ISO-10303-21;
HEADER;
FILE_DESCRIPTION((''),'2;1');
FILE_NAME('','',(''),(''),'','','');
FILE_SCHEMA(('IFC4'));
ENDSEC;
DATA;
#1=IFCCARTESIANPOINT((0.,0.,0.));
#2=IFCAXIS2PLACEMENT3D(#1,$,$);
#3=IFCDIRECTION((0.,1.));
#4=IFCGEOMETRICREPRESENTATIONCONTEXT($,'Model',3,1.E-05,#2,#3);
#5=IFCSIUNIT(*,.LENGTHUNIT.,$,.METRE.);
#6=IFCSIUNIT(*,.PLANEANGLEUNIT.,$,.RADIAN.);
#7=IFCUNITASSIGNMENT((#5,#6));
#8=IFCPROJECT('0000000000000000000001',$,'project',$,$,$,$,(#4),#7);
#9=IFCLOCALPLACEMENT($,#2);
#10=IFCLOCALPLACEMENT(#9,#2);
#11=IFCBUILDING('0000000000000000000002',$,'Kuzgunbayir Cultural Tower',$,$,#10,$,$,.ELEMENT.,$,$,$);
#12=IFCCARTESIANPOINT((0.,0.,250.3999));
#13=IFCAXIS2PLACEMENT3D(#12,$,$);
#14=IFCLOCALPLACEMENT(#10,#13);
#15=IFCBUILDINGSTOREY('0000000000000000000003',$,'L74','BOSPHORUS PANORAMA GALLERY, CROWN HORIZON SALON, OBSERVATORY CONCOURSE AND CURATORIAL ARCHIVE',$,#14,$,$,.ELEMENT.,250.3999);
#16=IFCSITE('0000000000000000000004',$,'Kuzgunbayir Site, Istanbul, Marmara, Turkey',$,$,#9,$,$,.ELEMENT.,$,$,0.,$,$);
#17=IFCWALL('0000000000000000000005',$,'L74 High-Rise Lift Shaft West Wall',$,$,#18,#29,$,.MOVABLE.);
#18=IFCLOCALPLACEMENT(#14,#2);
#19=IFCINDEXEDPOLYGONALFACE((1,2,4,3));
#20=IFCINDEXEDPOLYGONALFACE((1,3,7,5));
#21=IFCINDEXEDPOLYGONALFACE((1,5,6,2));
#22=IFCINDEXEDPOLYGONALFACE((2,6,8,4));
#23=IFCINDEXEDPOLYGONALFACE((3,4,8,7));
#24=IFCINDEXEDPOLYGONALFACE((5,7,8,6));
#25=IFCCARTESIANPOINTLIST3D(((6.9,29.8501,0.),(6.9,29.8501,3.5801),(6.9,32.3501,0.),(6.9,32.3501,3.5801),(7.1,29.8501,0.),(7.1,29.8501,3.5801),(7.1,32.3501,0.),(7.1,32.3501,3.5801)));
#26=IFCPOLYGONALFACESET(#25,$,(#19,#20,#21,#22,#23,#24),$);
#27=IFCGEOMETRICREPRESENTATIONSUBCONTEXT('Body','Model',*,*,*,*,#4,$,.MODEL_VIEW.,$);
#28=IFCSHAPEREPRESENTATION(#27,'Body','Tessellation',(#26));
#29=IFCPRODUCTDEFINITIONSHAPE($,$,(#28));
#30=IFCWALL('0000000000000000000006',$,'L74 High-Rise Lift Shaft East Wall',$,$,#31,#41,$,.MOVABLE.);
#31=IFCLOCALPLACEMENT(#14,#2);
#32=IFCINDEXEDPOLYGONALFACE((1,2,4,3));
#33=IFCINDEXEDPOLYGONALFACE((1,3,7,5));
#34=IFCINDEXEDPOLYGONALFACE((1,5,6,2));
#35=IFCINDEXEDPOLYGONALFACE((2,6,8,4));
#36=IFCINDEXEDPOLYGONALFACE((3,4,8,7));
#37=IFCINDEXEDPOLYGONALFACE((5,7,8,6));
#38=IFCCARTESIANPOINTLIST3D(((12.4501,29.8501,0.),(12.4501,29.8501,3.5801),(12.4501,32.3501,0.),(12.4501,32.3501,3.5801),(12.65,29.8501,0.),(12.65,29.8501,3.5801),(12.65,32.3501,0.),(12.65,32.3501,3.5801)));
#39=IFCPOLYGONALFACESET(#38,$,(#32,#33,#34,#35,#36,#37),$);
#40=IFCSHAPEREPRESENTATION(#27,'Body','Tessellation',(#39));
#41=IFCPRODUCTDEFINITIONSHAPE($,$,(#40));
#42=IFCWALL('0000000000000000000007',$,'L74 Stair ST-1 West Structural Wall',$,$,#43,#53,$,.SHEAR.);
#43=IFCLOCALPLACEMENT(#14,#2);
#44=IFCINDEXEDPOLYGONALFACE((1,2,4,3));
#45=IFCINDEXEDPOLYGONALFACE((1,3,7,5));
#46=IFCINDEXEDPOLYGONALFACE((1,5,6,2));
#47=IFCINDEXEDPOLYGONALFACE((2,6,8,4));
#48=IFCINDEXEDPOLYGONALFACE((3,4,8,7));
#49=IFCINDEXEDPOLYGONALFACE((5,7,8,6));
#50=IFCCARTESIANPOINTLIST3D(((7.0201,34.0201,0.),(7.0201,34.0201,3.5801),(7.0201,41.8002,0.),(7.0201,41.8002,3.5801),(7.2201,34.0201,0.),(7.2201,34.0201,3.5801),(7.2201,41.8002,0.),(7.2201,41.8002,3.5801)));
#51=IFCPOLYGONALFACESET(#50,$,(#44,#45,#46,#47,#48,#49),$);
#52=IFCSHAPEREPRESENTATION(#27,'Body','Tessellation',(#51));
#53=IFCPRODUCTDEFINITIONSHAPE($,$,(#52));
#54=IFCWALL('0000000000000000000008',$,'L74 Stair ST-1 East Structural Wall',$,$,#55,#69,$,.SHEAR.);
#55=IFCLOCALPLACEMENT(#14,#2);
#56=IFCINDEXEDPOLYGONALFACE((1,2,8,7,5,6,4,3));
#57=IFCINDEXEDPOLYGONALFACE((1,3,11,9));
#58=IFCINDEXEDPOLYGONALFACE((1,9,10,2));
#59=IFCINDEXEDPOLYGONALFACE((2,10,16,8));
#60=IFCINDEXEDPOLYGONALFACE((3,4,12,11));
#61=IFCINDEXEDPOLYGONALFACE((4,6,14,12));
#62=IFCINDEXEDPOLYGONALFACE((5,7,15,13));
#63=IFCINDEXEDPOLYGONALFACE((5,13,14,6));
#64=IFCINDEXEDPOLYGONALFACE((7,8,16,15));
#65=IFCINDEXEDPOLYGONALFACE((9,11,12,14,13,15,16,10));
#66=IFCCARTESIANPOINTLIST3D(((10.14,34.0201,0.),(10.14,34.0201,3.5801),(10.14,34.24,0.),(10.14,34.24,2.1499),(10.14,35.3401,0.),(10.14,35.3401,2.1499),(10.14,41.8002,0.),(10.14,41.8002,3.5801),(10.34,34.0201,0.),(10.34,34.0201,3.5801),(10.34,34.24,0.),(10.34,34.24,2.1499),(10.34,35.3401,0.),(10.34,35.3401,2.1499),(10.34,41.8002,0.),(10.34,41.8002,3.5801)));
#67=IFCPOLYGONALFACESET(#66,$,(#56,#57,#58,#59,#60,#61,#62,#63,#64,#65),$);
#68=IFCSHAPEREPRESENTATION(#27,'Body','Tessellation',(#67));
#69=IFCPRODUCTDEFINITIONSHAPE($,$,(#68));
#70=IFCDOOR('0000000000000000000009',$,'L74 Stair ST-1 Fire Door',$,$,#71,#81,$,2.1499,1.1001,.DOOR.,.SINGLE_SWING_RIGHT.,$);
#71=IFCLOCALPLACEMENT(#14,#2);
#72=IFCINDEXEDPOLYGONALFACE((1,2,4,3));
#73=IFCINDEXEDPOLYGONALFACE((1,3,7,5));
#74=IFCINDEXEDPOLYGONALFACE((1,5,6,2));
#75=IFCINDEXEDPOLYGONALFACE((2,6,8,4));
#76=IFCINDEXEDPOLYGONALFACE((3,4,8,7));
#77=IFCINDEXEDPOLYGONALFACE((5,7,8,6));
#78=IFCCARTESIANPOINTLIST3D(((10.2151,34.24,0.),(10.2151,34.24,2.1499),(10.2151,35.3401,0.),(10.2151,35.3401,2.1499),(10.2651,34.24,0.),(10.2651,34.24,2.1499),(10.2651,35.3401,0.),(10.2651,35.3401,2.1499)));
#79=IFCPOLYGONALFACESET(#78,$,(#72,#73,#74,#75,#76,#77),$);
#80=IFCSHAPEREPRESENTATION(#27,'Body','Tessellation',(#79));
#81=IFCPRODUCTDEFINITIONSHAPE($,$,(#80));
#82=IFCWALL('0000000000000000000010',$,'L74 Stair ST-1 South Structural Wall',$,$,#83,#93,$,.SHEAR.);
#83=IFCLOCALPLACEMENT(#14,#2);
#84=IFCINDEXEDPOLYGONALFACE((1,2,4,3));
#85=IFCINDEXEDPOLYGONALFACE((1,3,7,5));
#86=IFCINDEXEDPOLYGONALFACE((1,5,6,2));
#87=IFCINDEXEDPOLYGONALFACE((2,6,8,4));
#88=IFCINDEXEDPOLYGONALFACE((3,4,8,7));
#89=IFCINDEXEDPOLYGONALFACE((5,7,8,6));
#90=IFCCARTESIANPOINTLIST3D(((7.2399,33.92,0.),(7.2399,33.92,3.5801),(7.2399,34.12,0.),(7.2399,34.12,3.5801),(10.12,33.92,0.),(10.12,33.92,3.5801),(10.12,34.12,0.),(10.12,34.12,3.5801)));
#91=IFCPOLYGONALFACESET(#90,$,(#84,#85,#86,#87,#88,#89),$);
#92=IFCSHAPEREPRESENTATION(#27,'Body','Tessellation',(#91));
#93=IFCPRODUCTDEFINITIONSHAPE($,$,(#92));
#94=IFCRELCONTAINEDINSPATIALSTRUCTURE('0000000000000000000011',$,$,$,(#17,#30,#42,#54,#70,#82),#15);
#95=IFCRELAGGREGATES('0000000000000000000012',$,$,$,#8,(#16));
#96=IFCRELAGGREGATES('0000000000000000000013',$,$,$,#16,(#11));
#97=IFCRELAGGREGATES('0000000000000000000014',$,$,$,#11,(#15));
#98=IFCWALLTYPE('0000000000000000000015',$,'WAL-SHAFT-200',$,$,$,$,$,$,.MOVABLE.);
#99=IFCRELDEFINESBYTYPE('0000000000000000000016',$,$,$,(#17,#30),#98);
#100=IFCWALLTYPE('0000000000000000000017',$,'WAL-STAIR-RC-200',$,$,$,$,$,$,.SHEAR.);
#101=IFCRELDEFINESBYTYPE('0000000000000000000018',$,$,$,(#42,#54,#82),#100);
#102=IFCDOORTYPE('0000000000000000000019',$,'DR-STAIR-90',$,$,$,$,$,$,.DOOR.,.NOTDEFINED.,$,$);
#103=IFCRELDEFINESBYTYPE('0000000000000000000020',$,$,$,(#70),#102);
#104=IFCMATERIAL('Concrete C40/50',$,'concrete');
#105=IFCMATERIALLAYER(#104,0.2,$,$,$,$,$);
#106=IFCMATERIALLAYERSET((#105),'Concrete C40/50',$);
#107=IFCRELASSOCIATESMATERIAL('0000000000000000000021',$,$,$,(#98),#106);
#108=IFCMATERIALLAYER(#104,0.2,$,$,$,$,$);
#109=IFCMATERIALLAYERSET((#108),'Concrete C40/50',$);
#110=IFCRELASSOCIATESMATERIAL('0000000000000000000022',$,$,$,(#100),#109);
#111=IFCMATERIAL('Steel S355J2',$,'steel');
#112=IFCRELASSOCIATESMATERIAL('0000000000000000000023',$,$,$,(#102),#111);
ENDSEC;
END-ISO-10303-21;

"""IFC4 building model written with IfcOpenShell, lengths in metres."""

from ifc_helpers import new_model, si_unit, direction, frame, frame_2d, origin, place, context, subcontext, project, spatial, rectangle, extrude, material, layer, layer_set, type_object, element, fill, save


model = new_model("IFC4")

# Units and contexts
model_context = context("Model", 3, precision=1e-05, world=origin(), true_north=direction((0.0, 1.0)))
body_context = subcontext(model_context, "Body", "Model", "MODEL_VIEW")
ifc_project = project(units=[si_unit("LENGTHUNIT", "METRE"), si_unit("PLANEANGLEUNIT", "RADIAN")], contexts=[model_context])

# Site, building, storey
site_placement = place(None, origin())
site = spatial("IfcSite", under=ifc_project, at=site_placement, Name="Kuzgunbayir Site, Istanbul, Marmara, Turkey", CompositionType="ELEMENT", RefElevation=0.0)
building_placement = place(site_placement, origin())
building = spatial("IfcBuilding", under=site, at=building_placement, Name="Kuzgunbayir Cultural Tower", CompositionType="ELEMENT")
storey_placement = place(building_placement, frame((0.0, 0.0, 250.3999)))
storey = spatial("IfcBuildingStorey", under=building, at=storey_placement, Name="L74", Description="BOSPHORUS PANORAMA GALLERY, CROWN HORIZON SALON, OBSERVATORY CONCOURSE AND CURATORIAL ARCHIVE", CompositionType="ELEMENT", Elevation=250.3999)

# Shared definitions
ifc_material_1 = material(Name="Steel S355J2", Category="steel")

# Shared definitions
ifc_material_2 = material(Name="Concrete C40/50", Category="concrete")
ifc_layer_1 = layer(ifc_material_2, 0.2)
ifc_layer_set_1 = layer_set([ifc_layer_1], Name="Concrete C40/50")
wall_type_1 = type_object("IfcWallType", Name="WAL-SHAFT-200", PredefinedType="MOVABLE", material=ifc_layer_set_1)

# Walls
for number, where, z_axis, x_axis, name in (
    (1, (7.0, 29.8501, 0.0), (0.0, 0.0, 1.0), (0.0, 1.0, 0.0), "L74 High-Rise Lift Shaft West Wall"),
    (2, (12.55, 29.8501, 0.0), (0.0, 0.0, 1.0), (0.0, 1.0, 0.0), "L74 High-Rise Lift Shaft East Wall"),
):
    element("IfcWall", number, at=place(storey_placement, frame(where, z_axis=z_axis, x_axis=x_axis)), inside=storey, type_object=wall_type_1, Name=name, PredefinedType="MOVABLE", context=body_context, shape_type="SweptSolid", body=[
        extrude(rectangle(XDim=2.5, YDim=0.2, at=frame_2d((1.25, 0.0))), origin(), (0.0, 0.0, 1.0), 3.5801),
    ])
ifc_layer_2 = layer(ifc_material_2, 0.2)
ifc_layer_set_2 = layer_set([ifc_layer_2], Name="Concrete C40/50")
wall_type_2 = type_object("IfcWallType", Name="WAL-STAIR-RC-200", PredefinedType="SHEAR", material=ifc_layer_set_2)
wall_1_placement = place(storey_placement, frame((7.1201, 34.02, 0.0), z_axis=(0.0, 0.0, 1.0), x_axis=(0.0, 1.0, 0.0)))
element("IfcWall", 3, at=wall_1_placement, inside=storey, type_object=wall_type_2, Name="L74 Stair ST-1 West Structural Wall", PredefinedType="SHEAR", context=body_context, shape_type="SweptSolid", body=[
    extrude(rectangle(XDim=7.78, YDim=0.2, at=frame_2d((3.8901, 0.0))), origin(), (0.0, 0.0, 1.0), 3.5801),
])

# Wall, opening, door
wall_2_placement = place(storey_placement, frame((10.24, 34.02, 0.0), z_axis=(0.0, 0.0, 1.0), x_axis=(0.0, 1.0, 0.0)))
wall_2 = element("IfcWall", 4, at=wall_2_placement, inside=storey, type_object=wall_type_2, Name="L74 Stair ST-1 East Structural Wall", PredefinedType="SHEAR", context=body_context, shape_type="SweptSolid", body=[
    extrude(rectangle(XDim=7.78, YDim=0.2, at=frame_2d((3.8901, 0.0))), origin(), (0.0, 0.0, 1.0), 3.5801),
])
opening_1_placement = place(wall_2_placement, frame((0.22, 0.0, 0.0)))
opening_1 = element("IfcOpeningElement", 5, at=opening_1_placement, cuts=wall_2, PredefinedType="OPENING", context=body_context, shape_type="SweptSolid", body=[
    extrude(rectangle(XDim=1.1001, YDim=2.1499, at=frame_2d((0.55, 1.075))), frame((0.0, 0.1099, 0.0), z_axis=(0.0, -1.0, 0.0), x_axis=(1.0, 0.0, 0.0)), (0.0, 0.0, 1.0), 0.22),
])
door_type_1 = type_object("IfcDoorType", Name="DR-STAIR-90", OperationType="NOTDEFINED", PredefinedType="DOOR", material=ifc_material_1)
door_1_placement = place(opening_1_placement, origin())
door_1 = element("IfcDoor", 6, at=door_1_placement, inside=storey, type_object=door_type_1, Name="L74 Stair ST-1 Fire Door", OperationType="SINGLE_SWING_RIGHT", OverallHeight=2.1499, OverallWidth=1.1001, PredefinedType="DOOR", context=body_context, shape_type="SweptSolid", body=[
    extrude(rectangle(XDim=1.1001, YDim=2.1499, at=frame_2d((0.55, 1.075))), frame((0.0, 0.0249, 0.0), z_axis=(0.0, -1.0, 0.0), x_axis=(1.0, 0.0, 0.0)), (0.0, 0.0, 1.0), 0.05),
])
fill(opening_1, door_1)

# Wall
wall_3_placement = place(storey_placement, frame((7.24, 34.02, 0.0), z_axis=(0.0, 0.0, 1.0), x_axis=(1.0, 0.0, 0.0)))
element("IfcWall", 7, at=wall_3_placement, inside=storey, type_object=wall_type_2, Name="L74 Stair ST-1 South Structural Wall", PredefinedType="SHEAR", context=body_context, shape_type="SweptSolid", body=[
    extrude(rectangle(XDim=2.8801, YDim=0.2, at=frame_2d((1.4399, 0.0))), origin(), (0.0, 0.0, 1.0), 3.5801),
])

save(model, "model.ifc")
